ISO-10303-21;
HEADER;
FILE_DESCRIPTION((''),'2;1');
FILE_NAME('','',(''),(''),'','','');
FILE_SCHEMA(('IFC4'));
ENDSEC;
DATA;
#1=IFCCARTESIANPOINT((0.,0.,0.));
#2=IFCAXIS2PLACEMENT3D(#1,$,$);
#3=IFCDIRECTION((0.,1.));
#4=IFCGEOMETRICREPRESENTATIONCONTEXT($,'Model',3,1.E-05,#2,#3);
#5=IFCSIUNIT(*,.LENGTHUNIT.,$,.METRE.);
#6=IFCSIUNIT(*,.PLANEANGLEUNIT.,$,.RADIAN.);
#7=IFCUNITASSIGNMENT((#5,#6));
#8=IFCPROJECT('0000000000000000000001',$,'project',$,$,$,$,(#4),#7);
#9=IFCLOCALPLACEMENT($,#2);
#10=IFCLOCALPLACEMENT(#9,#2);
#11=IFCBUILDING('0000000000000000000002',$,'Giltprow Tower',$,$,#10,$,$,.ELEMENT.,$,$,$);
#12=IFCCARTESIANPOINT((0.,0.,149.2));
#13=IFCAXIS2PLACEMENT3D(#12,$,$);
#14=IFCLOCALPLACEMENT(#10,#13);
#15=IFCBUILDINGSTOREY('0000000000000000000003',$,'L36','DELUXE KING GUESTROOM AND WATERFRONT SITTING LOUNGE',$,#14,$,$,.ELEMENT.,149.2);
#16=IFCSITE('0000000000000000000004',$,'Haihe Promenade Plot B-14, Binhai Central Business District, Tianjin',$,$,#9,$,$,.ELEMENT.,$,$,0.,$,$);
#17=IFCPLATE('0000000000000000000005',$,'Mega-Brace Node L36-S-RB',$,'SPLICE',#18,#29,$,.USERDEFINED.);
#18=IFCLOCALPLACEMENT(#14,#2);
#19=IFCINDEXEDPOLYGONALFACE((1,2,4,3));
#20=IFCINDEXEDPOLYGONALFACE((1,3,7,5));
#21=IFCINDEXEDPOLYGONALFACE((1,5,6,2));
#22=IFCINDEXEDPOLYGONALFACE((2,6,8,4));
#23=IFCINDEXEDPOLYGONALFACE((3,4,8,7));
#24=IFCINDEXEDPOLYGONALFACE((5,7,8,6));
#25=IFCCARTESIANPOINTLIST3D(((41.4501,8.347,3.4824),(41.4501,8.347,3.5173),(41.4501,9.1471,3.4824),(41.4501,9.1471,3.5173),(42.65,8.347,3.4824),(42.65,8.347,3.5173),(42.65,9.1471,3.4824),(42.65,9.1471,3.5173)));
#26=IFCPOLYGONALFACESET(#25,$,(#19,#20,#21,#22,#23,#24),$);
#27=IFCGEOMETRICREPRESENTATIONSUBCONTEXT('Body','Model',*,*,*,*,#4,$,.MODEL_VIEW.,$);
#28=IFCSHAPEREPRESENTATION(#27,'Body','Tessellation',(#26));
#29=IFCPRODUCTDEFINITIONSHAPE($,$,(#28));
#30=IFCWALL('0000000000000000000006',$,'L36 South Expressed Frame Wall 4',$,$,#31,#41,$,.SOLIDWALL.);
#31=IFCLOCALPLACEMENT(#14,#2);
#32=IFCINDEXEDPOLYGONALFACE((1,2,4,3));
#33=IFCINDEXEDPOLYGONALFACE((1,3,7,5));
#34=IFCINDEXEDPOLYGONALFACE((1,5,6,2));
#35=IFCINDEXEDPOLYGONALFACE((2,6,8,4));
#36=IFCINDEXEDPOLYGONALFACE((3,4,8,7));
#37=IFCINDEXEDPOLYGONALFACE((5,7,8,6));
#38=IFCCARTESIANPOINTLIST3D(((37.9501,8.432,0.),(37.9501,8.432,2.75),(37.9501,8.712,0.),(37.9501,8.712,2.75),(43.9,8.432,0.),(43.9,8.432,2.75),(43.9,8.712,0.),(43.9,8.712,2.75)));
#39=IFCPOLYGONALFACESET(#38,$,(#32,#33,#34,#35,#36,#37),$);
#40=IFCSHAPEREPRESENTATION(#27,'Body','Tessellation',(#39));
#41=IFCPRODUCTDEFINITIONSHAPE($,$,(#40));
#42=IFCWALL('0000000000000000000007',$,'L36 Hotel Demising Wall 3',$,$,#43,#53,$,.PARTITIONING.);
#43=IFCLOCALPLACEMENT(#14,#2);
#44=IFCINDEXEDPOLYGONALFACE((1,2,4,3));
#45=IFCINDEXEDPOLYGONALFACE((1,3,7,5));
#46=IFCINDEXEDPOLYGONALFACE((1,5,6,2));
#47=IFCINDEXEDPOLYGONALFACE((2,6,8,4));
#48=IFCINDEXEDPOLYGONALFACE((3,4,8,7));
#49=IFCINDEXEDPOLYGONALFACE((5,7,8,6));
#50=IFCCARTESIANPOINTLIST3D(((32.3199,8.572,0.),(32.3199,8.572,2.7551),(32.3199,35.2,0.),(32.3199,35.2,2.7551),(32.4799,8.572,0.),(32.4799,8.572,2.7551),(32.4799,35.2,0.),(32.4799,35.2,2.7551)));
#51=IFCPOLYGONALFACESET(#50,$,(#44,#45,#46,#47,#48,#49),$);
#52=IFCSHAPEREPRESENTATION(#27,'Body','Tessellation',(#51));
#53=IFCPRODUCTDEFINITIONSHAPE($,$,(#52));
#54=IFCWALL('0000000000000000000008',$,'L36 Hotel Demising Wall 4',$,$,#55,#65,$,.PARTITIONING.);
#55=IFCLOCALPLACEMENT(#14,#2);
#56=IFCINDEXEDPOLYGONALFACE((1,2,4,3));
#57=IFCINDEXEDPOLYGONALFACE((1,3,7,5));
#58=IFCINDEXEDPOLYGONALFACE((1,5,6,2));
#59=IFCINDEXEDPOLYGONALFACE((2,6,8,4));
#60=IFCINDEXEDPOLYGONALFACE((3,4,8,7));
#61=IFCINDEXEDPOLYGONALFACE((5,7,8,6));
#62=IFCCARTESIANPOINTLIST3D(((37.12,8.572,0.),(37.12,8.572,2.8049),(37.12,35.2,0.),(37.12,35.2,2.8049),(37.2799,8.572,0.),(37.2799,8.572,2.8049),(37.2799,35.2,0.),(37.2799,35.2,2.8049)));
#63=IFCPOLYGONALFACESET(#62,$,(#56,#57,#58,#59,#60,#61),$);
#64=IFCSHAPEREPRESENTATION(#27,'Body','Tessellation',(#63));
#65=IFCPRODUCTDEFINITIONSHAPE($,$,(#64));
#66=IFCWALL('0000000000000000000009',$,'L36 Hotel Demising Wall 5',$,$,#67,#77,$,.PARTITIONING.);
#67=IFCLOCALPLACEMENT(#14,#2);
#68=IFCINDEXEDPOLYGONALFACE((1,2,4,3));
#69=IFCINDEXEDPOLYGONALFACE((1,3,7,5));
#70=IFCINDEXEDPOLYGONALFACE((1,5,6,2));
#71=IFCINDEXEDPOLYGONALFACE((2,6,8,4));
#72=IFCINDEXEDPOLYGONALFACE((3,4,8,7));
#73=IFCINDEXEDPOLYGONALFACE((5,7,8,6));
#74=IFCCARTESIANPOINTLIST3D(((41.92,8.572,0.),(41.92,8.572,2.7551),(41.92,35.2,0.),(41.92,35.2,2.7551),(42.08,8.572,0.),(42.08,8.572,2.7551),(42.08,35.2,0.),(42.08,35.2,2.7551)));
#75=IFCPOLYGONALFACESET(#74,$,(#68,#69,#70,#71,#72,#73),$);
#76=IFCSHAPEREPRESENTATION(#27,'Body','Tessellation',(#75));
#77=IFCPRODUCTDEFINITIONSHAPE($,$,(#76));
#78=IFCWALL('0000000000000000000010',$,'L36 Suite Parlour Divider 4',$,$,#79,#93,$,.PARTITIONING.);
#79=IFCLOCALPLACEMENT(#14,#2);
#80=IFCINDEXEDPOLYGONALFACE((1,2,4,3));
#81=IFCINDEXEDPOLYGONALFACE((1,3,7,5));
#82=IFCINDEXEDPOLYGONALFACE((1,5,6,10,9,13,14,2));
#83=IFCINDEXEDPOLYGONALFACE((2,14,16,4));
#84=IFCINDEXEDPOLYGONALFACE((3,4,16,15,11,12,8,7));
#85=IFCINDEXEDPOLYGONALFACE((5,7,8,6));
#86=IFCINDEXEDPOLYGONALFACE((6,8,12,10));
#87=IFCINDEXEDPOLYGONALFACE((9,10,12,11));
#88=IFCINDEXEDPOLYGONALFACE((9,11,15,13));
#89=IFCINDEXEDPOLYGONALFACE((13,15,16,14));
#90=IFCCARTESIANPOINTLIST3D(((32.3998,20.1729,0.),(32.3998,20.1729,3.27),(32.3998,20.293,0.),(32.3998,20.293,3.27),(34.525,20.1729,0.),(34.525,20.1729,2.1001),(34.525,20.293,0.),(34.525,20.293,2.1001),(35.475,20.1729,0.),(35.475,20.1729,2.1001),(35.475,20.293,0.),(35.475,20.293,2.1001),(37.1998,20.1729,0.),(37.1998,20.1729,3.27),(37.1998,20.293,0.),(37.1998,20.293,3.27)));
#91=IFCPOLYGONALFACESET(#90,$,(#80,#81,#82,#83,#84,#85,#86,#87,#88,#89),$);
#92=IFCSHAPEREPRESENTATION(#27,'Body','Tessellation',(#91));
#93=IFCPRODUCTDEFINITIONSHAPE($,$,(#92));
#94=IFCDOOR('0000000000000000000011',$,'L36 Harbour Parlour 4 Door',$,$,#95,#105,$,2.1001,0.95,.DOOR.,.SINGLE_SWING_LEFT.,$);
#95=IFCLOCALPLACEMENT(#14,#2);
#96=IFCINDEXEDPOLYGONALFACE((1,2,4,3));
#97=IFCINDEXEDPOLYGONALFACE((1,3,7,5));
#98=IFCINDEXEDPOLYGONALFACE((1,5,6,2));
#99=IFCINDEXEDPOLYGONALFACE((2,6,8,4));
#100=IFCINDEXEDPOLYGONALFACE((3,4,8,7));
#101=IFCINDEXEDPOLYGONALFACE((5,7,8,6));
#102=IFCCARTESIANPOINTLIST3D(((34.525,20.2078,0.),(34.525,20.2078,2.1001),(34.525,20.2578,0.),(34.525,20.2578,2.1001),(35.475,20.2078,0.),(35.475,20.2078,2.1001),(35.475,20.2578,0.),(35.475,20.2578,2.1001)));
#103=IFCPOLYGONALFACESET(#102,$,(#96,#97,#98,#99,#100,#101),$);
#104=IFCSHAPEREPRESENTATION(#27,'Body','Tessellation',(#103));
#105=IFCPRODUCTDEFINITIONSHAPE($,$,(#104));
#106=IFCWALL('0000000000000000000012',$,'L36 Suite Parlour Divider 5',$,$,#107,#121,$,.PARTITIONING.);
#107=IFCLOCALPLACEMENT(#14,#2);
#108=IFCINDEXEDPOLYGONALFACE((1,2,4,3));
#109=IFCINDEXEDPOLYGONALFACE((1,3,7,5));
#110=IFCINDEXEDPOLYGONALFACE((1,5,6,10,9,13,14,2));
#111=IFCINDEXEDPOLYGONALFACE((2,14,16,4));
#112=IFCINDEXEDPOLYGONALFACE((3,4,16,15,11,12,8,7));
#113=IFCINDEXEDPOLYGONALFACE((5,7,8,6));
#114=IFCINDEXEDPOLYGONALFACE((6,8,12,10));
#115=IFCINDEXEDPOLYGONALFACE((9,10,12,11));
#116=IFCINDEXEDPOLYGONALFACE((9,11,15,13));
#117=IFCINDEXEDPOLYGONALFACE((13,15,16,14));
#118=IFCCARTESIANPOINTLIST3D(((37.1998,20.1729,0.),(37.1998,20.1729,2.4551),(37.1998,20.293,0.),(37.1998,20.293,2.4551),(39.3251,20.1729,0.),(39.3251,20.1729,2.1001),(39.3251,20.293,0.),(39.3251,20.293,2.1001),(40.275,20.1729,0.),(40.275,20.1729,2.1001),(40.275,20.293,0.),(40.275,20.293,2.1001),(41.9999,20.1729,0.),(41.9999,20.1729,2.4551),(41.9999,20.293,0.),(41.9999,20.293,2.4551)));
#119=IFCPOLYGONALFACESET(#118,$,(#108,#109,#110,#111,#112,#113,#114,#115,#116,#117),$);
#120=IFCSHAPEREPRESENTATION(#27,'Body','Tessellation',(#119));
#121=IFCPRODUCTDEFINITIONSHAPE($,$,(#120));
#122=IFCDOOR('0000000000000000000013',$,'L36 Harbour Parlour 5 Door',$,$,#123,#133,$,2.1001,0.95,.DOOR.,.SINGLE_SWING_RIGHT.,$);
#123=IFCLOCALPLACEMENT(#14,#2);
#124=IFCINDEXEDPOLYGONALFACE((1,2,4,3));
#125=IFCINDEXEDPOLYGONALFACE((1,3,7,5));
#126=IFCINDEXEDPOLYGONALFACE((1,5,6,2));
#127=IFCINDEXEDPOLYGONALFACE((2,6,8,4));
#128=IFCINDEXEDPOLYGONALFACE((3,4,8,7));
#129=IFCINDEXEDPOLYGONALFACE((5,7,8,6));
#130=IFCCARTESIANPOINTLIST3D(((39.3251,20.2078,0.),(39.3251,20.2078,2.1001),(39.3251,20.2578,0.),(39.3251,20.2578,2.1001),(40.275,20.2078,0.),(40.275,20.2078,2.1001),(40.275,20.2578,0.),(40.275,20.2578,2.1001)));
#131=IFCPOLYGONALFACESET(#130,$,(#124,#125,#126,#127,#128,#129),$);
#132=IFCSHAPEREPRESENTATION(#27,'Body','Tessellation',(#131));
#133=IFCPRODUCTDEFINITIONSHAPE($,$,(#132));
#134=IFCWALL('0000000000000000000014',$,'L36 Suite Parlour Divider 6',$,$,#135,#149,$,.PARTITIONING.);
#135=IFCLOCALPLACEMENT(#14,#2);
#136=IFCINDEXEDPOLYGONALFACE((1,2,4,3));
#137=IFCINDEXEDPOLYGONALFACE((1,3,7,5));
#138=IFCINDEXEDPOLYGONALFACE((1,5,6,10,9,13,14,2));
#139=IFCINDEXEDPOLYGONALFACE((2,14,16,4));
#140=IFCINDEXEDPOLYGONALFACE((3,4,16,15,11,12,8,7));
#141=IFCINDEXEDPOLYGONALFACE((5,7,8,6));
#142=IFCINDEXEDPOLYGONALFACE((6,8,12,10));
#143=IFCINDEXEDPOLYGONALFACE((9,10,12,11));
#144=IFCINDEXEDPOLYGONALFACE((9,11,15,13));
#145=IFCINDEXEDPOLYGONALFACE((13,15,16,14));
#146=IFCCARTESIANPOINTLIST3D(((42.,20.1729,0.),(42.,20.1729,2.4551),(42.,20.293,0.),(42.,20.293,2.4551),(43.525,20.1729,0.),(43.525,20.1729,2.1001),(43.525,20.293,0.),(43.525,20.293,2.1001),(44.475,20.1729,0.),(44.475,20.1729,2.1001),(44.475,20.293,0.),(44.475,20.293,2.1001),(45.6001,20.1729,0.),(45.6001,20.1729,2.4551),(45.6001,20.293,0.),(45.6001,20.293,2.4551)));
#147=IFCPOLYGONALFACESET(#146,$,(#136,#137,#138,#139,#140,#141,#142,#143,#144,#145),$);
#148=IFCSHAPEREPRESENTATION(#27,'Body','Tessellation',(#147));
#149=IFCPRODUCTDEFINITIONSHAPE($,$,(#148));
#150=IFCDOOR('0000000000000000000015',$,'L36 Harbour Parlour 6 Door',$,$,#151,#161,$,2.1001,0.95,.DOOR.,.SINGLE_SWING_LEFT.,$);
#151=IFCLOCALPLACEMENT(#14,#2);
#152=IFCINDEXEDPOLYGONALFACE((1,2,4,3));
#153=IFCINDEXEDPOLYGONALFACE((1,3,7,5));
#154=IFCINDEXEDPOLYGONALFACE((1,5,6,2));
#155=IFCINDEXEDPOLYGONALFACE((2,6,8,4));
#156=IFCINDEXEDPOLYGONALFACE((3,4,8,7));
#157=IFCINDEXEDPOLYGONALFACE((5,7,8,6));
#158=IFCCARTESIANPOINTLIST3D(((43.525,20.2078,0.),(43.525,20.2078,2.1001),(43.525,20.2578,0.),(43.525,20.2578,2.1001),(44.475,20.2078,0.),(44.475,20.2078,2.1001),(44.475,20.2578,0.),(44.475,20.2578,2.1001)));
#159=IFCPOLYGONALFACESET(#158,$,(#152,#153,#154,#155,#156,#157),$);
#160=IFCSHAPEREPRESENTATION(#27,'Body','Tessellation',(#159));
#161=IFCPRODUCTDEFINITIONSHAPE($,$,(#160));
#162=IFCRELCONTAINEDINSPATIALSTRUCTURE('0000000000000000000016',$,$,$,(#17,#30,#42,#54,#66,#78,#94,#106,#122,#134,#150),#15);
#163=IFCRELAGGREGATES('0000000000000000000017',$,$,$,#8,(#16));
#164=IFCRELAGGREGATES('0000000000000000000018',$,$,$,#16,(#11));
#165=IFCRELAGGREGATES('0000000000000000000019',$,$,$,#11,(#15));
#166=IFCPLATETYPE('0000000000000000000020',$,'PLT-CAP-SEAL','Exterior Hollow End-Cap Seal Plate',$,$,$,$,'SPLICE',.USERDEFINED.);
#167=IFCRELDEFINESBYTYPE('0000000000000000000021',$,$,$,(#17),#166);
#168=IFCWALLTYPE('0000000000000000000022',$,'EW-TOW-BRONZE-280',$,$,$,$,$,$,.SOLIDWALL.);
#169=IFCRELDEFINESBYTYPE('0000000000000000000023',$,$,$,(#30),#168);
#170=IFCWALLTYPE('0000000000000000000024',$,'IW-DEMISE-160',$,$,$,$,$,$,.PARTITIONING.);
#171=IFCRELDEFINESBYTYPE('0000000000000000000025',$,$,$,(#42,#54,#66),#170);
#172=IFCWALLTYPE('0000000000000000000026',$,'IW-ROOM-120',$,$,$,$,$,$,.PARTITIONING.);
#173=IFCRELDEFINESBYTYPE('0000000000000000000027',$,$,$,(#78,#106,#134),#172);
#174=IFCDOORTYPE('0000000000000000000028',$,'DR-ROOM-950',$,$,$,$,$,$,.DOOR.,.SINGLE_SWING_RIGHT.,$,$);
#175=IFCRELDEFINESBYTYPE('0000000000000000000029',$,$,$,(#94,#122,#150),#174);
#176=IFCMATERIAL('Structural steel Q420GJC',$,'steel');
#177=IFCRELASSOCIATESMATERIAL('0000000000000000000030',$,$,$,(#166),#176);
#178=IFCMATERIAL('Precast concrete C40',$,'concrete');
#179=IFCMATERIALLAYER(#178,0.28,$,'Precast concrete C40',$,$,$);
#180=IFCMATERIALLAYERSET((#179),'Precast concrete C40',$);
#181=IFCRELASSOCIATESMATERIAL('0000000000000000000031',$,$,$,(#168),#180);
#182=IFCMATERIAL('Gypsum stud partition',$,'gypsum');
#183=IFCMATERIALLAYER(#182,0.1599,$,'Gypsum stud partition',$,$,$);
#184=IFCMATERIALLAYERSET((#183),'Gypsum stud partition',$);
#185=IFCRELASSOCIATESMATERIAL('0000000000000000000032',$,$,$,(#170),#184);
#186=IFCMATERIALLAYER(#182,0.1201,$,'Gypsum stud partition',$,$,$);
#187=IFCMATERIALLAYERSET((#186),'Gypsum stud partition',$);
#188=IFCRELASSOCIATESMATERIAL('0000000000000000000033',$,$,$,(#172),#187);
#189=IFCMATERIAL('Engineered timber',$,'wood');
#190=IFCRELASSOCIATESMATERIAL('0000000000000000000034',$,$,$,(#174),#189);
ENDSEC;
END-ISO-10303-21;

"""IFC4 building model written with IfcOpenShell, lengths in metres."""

from ifc_helpers import new_model, si_unit, direction, frame, frame_2d, origin, origin_2d, place, context, subcontext, project, spatial, rectangle, extrude, source, transform, mapped, material, layer, layer_set, type_object, element, fill, save


model = new_model("IFC4")

# Units and contexts
model_context = context("Model", 3, precision=1e-05, world=origin(), true_north=direction((0.0, 1.0)))
body_context = subcontext(model_context, "Body", "Model", "MODEL_VIEW")
ifc_project = project(units=[si_unit("LENGTHUNIT", "METRE"), si_unit("PLANEANGLEUNIT", "RADIAN")], contexts=[model_context])

# Site, building, storey
site_placement = place(None, origin())
site = spatial("IfcSite", under=ifc_project, at=site_placement, Name="Haihe Promenade Plot B-14, Binhai Central Business District, Tianjin", CompositionType="ELEMENT", RefElevation=0.0)
building_placement = place(site_placement, origin())
building = spatial("IfcBuilding", under=site, at=building_placement, Name="Giltprow Tower", CompositionType="ELEMENT")
storey_placement = place(building_placement, frame((0.0, 0.0, 149.2)))
storey = spatial("IfcBuildingStorey", under=building, at=storey_placement, Name="L36", Description="DELUXE KING GUESTROOM AND WATERFRONT SITTING LOUNGE", CompositionType="ELEMENT", Elevation=149.2)

# Shared definitions
ifc_material_1 = material(Name="Structural steel Q420GJC", Category="steel")

# Plate
plate_type = type_object("IfcPlateType", Name="PLT-CAP-SEAL", Description="Exterior Hollow End-Cap Seal Plate", ElementType="SPLICE", PredefinedType="USERDEFINED", material=ifc_material_1)
shared_shape_1 = source(origin(), body_context, "Body", "SweptSolid", [
    extrude(rectangle(XDim=1.2, YDim=0.8, at=origin_2d()), origin(), (0.0, 0.0, 1.0), 0.0349),
])
for number, where, z_axis, x_axis, name in (
    (1, (42.05, 8.7471, 3.4824), (0.0, 0.0, 1.0), (1.0, 0.0, 0.0), "Mega-Brace Node L36-S-RB"),
):
    element("IfcPlate", number, at=place(storey_placement, frame(where, z_axis=z_axis, x_axis=x_axis)), inside=storey, type_object=plate_type, Name=name, ObjectType="SPLICE", PredefinedType="USERDEFINED", context=body_context, shape_type="MappedRepresentation", body=[
        mapped(shared_shape_1, transform((0.0, 0.0, 0.0), x_axis=(1.0, 0.0, 0.0), y_axis=(0.0, 1.0, 0.0), z_axis=(0.0, 0.0, 1.0), scale=1.0)),
    ])

# Walls
ifc_material_2 = material(Name="Precast concrete C40", Category="concrete")
ifc_layer_1 = layer(ifc_material_2, 0.28, Name="Precast concrete C40")
ifc_layer_set_1 = layer_set([ifc_layer_1], Name="Precast concrete C40")
wall_type_1 = type_object("IfcWallType", Name="EW-TOW-BRONZE-280", PredefinedType="SOLIDWALL", material=ifc_layer_set_1)
wall_1_placement = place(storey_placement, frame((37.95, 8.572, 0.0), z_axis=(0.0, 0.0, 1.0), x_axis=(1.0, 0.0, 0.0)))
element("IfcWall", 2, at=wall_1_placement, inside=storey, type_object=wall_type_1, Name="L36 South Expressed Frame Wall 4", PredefinedType="SOLIDWALL", context=body_context, shape_type="SweptSolid", body=[
    extrude(rectangle(XDim=5.95, YDim=0.28, at=frame_2d((2.9751, 0.0))), origin(), (0.0, 0.0, 1.0), 2.75),
])
ifc_material_3 = material(Name="Gypsum stud partition", Category="gypsum")
ifc_layer_2 = layer(ifc_material_3, 0.1599, Name="Gypsum stud partition")
ifc_layer_set_2 = layer_set([ifc_layer_2], Name="Gypsum stud partition")
wall_type_2 = type_object("IfcWallType", Name="IW-DEMISE-160", PredefinedType="PARTITIONING", material=ifc_layer_set_2)
wall_2_placement = place(storey_placement, frame((32.3999, 8.572, 0.0), z_axis=(0.0, 0.0, 1.0), x_axis=(0.0, 1.0, 0.0)))
element("IfcWall", 3, at=wall_2_placement, inside=storey, type_object=wall_type_2, Name="L36 Hotel Demising Wall 3", PredefinedType="PARTITIONING", context=body_context, shape_type="SweptSolid", body=[
    extrude(rectangle(XDim=26.6279, YDim=0.1599, at=frame_2d((13.314, 0.0))), origin(), (0.0, 0.0, 1.0), 2.7551),
])
wall_3_placement = place(storey_placement, frame((37.2, 8.572, 0.0), z_axis=(0.0, 0.0, 1.0), x_axis=(0.0, 1.0, 0.0)))
element("IfcWall", 4, at=wall_3_placement, inside=storey, type_object=wall_type_2, Name="L36 Hotel Demising Wall 4", PredefinedType="PARTITIONING", context=body_context, shape_type="SweptSolid", body=[
    extrude(rectangle(XDim=26.6279, YDim=0.1599, at=frame_2d((13.314, 0.0))), origin(), (0.0, 0.0, 1.0), 2.8049),
])
wall_4_placement = place(storey_placement, frame((42.0, 8.572, 0.0), z_axis=(0.0, 0.0, 1.0), x_axis=(0.0, 1.0, 0.0)))
element("IfcWall", 5, at=wall_4_placement, inside=storey, type_object=wall_type_2, Name="L36 Hotel Demising Wall 5", PredefinedType="PARTITIONING", context=body_context, shape_type="SweptSolid", body=[
    extrude(rectangle(XDim=26.6279, YDim=0.1599, at=frame_2d((13.314, 0.0))), origin(), (0.0, 0.0, 1.0), 2.7551),
])

# Walls, openings, doors
ifc_layer_3 = layer(ifc_material_3, 0.1201, Name="Gypsum stud partition")
ifc_layer_set_3 = layer_set([ifc_layer_3], Name="Gypsum stud partition")
wall_type_3 = type_object("IfcWallType", Name="IW-ROOM-120", PredefinedType="PARTITIONING", material=ifc_layer_set_3)
wall_5_placement = place(storey_placement, frame((32.3999, 20.2329, 0.0), z_axis=(0.0, 0.0, 1.0), x_axis=(1.0, 0.0, 0.0)))
wall_5 = element("IfcWall", 6, at=wall_5_placement, inside=storey, type_object=wall_type_3, Name="L36 Suite Parlour Divider 4", PredefinedType="PARTITIONING", context=body_context, shape_type="SweptSolid", body=[
    extrude(rectangle(XDim=4.8, YDim=0.1201, at=frame_2d((2.3999, 0.0))), origin(), (0.0, 0.0, 1.0), 3.27),
])
opening_1_placement = place(wall_5_placement, frame((2.125, 0.0, 0.0)))
opening_1 = element("IfcOpeningElement", 7, at=opening_1_placement, cuts=wall_5, PredefinedType="OPENING", context=body_context, shape_type="SweptSolid", body=[
    extrude(rectangle(XDim=0.95, YDim=2.1001, at=frame_2d((0.4751, 1.05))), frame((0.0, 0.0701, 0.0), z_axis=(0.0, -1.0, 0.0), x_axis=(1.0, 0.0, 0.0)), (0.0, 0.0, 1.0), 0.1401),
])
ifc_material_4 = material(Name="Engineered timber", Category="wood")
door_type = type_object("IfcDoorType", Name="DR-ROOM-950", OperationType="SINGLE_SWING_RIGHT", PredefinedType="DOOR", material=ifc_material_4)
shared_shape_2 = source(origin(), body_context, "Body", "SweptSolid", [
    extrude(rectangle(XDim=0.95, YDim=2.1001, at=frame_2d((0.4751, 1.05))), frame((0.0, 0.0249, 0.0), z_axis=(0.0, -1.0, 0.0), x_axis=(1.0, 0.0, 0.0)), (0.0, 0.0, 1.0), 0.05),
])
door_1_placement = place(opening_1_placement, origin())
door_1 = element("IfcDoor", 8, at=door_1_placement, inside=storey, type_object=door_type, Name="L36 Harbour Parlour 4 Door", OperationType="SINGLE_SWING_LEFT", OverallHeight=2.1001, OverallWidth=0.95, PredefinedType="DOOR", context=body_context, shape_type="MappedRepresentation", body=[
    mapped(shared_shape_2, transform((0.0, 0.0, 0.0), x_axis=(1.0, 0.0, 0.0), y_axis=(0.0, 1.0, 0.0), z_axis=(0.0, 0.0, 1.0), scale=1.0)),
])
fill(opening_1, door_1)
wall_6_placement = place(storey_placement, frame((37.2, 20.2329, 0.0), z_axis=(0.0, 0.0, 1.0), x_axis=(1.0, 0.0, 0.0)))
wall_6 = element("IfcWall", 9, at=wall_6_placement, inside=storey, type_object=wall_type_3, Name="L36 Suite Parlour Divider 5", PredefinedType="PARTITIONING", context=body_context, shape_type="SweptSolid", body=[
    extrude(rectangle(XDim=4.8, YDim=0.1201, at=frame_2d((2.3999, 0.0))), origin(), (0.0, 0.0, 1.0), 2.4551),
])
opening_2_placement = place(wall_6_placement, frame((2.125, 0.0, 0.0)))
opening_2 = element("IfcOpeningElement", 10, at=opening_2_placement, cuts=wall_6, PredefinedType="OPENING", context=body_context, shape_type="SweptSolid", body=[
    extrude(rectangle(XDim=0.95, YDim=2.1001, at=frame_2d((0.4751, 1.05))), frame((0.0, 0.0701, 0.0), z_axis=(0.0, -1.0, 0.0), x_axis=(1.0, 0.0, 0.0)), (0.0, 0.0, 1.0), 0.1401),
])
door_2_placement = place(opening_2_placement, origin())
door_2 = element("IfcDoor", 11, at=door_2_placement, inside=storey, type_object=door_type, Name="L36 Harbour Parlour 5 Door", OperationType="SINGLE_SWING_RIGHT", OverallHeight=2.1001, OverallWidth=0.95, PredefinedType="DOOR", context=body_context, shape_type="MappedRepresentation", body=[
    mapped(shared_shape_2, transform((0.0, 0.0, 0.0), x_axis=(1.0, 0.0, 0.0), y_axis=(0.0, 1.0, 0.0), z_axis=(0.0, 0.0, 1.0), scale=1.0)),
])
fill(opening_2, door_2)
wall_7_placement = place(storey_placement, frame((42.0, 20.2329, 0.0), z_axis=(0.0, 0.0, 1.0), x_axis=(1.0, 0.0, 0.0)))
wall_7 = element("IfcWall", 12, at=wall_7_placement, inside=storey, type_object=wall_type_3, Name="L36 Suite Parlour Divider 6", PredefinedType="PARTITIONING", context=body_context, shape_type="SweptSolid", body=[
    extrude(rectangle(XDim=3.6001, YDim=0.1201, at=frame_2d((1.8, 0.0))), origin(), (0.0, 0.0, 1.0), 2.4551),
])
opening_3_placement = place(wall_7_placement, frame((1.5249, 0.0, 0.0)))
opening_3 = element("IfcOpeningElement", 13, at=opening_3_placement, cuts=wall_7, PredefinedType="OPENING", context=body_context, shape_type="SweptSolid", body=[
    extrude(rectangle(XDim=0.95, YDim=2.1001, at=frame_2d((0.4751, 1.05))), frame((0.0, 0.0701, 0.0), z_axis=(0.0, -1.0, 0.0), x_axis=(1.0, 0.0, 0.0)), (0.0, 0.0, 1.0), 0.1401),
])
door_3_placement = place(opening_3_placement, origin())
door_3 = element("IfcDoor", 14, at=door_3_placement, inside=storey, type_object=door_type, Name="L36 Harbour Parlour 6 Door", OperationType="SINGLE_SWING_LEFT", OverallHeight=2.1001, OverallWidth=0.95, PredefinedType="DOOR", context=body_context, shape_type="MappedRepresentation", body=[
    mapped(shared_shape_2, transform((0.0, 0.0, 0.0), x_axis=(1.0, 0.0, 0.0), y_axis=(0.0, 1.0, 0.0), z_axis=(0.0, 0.0, 1.0), scale=1.0)),
])
fill(opening_3, door_3)

save(model, "model.ifc")
